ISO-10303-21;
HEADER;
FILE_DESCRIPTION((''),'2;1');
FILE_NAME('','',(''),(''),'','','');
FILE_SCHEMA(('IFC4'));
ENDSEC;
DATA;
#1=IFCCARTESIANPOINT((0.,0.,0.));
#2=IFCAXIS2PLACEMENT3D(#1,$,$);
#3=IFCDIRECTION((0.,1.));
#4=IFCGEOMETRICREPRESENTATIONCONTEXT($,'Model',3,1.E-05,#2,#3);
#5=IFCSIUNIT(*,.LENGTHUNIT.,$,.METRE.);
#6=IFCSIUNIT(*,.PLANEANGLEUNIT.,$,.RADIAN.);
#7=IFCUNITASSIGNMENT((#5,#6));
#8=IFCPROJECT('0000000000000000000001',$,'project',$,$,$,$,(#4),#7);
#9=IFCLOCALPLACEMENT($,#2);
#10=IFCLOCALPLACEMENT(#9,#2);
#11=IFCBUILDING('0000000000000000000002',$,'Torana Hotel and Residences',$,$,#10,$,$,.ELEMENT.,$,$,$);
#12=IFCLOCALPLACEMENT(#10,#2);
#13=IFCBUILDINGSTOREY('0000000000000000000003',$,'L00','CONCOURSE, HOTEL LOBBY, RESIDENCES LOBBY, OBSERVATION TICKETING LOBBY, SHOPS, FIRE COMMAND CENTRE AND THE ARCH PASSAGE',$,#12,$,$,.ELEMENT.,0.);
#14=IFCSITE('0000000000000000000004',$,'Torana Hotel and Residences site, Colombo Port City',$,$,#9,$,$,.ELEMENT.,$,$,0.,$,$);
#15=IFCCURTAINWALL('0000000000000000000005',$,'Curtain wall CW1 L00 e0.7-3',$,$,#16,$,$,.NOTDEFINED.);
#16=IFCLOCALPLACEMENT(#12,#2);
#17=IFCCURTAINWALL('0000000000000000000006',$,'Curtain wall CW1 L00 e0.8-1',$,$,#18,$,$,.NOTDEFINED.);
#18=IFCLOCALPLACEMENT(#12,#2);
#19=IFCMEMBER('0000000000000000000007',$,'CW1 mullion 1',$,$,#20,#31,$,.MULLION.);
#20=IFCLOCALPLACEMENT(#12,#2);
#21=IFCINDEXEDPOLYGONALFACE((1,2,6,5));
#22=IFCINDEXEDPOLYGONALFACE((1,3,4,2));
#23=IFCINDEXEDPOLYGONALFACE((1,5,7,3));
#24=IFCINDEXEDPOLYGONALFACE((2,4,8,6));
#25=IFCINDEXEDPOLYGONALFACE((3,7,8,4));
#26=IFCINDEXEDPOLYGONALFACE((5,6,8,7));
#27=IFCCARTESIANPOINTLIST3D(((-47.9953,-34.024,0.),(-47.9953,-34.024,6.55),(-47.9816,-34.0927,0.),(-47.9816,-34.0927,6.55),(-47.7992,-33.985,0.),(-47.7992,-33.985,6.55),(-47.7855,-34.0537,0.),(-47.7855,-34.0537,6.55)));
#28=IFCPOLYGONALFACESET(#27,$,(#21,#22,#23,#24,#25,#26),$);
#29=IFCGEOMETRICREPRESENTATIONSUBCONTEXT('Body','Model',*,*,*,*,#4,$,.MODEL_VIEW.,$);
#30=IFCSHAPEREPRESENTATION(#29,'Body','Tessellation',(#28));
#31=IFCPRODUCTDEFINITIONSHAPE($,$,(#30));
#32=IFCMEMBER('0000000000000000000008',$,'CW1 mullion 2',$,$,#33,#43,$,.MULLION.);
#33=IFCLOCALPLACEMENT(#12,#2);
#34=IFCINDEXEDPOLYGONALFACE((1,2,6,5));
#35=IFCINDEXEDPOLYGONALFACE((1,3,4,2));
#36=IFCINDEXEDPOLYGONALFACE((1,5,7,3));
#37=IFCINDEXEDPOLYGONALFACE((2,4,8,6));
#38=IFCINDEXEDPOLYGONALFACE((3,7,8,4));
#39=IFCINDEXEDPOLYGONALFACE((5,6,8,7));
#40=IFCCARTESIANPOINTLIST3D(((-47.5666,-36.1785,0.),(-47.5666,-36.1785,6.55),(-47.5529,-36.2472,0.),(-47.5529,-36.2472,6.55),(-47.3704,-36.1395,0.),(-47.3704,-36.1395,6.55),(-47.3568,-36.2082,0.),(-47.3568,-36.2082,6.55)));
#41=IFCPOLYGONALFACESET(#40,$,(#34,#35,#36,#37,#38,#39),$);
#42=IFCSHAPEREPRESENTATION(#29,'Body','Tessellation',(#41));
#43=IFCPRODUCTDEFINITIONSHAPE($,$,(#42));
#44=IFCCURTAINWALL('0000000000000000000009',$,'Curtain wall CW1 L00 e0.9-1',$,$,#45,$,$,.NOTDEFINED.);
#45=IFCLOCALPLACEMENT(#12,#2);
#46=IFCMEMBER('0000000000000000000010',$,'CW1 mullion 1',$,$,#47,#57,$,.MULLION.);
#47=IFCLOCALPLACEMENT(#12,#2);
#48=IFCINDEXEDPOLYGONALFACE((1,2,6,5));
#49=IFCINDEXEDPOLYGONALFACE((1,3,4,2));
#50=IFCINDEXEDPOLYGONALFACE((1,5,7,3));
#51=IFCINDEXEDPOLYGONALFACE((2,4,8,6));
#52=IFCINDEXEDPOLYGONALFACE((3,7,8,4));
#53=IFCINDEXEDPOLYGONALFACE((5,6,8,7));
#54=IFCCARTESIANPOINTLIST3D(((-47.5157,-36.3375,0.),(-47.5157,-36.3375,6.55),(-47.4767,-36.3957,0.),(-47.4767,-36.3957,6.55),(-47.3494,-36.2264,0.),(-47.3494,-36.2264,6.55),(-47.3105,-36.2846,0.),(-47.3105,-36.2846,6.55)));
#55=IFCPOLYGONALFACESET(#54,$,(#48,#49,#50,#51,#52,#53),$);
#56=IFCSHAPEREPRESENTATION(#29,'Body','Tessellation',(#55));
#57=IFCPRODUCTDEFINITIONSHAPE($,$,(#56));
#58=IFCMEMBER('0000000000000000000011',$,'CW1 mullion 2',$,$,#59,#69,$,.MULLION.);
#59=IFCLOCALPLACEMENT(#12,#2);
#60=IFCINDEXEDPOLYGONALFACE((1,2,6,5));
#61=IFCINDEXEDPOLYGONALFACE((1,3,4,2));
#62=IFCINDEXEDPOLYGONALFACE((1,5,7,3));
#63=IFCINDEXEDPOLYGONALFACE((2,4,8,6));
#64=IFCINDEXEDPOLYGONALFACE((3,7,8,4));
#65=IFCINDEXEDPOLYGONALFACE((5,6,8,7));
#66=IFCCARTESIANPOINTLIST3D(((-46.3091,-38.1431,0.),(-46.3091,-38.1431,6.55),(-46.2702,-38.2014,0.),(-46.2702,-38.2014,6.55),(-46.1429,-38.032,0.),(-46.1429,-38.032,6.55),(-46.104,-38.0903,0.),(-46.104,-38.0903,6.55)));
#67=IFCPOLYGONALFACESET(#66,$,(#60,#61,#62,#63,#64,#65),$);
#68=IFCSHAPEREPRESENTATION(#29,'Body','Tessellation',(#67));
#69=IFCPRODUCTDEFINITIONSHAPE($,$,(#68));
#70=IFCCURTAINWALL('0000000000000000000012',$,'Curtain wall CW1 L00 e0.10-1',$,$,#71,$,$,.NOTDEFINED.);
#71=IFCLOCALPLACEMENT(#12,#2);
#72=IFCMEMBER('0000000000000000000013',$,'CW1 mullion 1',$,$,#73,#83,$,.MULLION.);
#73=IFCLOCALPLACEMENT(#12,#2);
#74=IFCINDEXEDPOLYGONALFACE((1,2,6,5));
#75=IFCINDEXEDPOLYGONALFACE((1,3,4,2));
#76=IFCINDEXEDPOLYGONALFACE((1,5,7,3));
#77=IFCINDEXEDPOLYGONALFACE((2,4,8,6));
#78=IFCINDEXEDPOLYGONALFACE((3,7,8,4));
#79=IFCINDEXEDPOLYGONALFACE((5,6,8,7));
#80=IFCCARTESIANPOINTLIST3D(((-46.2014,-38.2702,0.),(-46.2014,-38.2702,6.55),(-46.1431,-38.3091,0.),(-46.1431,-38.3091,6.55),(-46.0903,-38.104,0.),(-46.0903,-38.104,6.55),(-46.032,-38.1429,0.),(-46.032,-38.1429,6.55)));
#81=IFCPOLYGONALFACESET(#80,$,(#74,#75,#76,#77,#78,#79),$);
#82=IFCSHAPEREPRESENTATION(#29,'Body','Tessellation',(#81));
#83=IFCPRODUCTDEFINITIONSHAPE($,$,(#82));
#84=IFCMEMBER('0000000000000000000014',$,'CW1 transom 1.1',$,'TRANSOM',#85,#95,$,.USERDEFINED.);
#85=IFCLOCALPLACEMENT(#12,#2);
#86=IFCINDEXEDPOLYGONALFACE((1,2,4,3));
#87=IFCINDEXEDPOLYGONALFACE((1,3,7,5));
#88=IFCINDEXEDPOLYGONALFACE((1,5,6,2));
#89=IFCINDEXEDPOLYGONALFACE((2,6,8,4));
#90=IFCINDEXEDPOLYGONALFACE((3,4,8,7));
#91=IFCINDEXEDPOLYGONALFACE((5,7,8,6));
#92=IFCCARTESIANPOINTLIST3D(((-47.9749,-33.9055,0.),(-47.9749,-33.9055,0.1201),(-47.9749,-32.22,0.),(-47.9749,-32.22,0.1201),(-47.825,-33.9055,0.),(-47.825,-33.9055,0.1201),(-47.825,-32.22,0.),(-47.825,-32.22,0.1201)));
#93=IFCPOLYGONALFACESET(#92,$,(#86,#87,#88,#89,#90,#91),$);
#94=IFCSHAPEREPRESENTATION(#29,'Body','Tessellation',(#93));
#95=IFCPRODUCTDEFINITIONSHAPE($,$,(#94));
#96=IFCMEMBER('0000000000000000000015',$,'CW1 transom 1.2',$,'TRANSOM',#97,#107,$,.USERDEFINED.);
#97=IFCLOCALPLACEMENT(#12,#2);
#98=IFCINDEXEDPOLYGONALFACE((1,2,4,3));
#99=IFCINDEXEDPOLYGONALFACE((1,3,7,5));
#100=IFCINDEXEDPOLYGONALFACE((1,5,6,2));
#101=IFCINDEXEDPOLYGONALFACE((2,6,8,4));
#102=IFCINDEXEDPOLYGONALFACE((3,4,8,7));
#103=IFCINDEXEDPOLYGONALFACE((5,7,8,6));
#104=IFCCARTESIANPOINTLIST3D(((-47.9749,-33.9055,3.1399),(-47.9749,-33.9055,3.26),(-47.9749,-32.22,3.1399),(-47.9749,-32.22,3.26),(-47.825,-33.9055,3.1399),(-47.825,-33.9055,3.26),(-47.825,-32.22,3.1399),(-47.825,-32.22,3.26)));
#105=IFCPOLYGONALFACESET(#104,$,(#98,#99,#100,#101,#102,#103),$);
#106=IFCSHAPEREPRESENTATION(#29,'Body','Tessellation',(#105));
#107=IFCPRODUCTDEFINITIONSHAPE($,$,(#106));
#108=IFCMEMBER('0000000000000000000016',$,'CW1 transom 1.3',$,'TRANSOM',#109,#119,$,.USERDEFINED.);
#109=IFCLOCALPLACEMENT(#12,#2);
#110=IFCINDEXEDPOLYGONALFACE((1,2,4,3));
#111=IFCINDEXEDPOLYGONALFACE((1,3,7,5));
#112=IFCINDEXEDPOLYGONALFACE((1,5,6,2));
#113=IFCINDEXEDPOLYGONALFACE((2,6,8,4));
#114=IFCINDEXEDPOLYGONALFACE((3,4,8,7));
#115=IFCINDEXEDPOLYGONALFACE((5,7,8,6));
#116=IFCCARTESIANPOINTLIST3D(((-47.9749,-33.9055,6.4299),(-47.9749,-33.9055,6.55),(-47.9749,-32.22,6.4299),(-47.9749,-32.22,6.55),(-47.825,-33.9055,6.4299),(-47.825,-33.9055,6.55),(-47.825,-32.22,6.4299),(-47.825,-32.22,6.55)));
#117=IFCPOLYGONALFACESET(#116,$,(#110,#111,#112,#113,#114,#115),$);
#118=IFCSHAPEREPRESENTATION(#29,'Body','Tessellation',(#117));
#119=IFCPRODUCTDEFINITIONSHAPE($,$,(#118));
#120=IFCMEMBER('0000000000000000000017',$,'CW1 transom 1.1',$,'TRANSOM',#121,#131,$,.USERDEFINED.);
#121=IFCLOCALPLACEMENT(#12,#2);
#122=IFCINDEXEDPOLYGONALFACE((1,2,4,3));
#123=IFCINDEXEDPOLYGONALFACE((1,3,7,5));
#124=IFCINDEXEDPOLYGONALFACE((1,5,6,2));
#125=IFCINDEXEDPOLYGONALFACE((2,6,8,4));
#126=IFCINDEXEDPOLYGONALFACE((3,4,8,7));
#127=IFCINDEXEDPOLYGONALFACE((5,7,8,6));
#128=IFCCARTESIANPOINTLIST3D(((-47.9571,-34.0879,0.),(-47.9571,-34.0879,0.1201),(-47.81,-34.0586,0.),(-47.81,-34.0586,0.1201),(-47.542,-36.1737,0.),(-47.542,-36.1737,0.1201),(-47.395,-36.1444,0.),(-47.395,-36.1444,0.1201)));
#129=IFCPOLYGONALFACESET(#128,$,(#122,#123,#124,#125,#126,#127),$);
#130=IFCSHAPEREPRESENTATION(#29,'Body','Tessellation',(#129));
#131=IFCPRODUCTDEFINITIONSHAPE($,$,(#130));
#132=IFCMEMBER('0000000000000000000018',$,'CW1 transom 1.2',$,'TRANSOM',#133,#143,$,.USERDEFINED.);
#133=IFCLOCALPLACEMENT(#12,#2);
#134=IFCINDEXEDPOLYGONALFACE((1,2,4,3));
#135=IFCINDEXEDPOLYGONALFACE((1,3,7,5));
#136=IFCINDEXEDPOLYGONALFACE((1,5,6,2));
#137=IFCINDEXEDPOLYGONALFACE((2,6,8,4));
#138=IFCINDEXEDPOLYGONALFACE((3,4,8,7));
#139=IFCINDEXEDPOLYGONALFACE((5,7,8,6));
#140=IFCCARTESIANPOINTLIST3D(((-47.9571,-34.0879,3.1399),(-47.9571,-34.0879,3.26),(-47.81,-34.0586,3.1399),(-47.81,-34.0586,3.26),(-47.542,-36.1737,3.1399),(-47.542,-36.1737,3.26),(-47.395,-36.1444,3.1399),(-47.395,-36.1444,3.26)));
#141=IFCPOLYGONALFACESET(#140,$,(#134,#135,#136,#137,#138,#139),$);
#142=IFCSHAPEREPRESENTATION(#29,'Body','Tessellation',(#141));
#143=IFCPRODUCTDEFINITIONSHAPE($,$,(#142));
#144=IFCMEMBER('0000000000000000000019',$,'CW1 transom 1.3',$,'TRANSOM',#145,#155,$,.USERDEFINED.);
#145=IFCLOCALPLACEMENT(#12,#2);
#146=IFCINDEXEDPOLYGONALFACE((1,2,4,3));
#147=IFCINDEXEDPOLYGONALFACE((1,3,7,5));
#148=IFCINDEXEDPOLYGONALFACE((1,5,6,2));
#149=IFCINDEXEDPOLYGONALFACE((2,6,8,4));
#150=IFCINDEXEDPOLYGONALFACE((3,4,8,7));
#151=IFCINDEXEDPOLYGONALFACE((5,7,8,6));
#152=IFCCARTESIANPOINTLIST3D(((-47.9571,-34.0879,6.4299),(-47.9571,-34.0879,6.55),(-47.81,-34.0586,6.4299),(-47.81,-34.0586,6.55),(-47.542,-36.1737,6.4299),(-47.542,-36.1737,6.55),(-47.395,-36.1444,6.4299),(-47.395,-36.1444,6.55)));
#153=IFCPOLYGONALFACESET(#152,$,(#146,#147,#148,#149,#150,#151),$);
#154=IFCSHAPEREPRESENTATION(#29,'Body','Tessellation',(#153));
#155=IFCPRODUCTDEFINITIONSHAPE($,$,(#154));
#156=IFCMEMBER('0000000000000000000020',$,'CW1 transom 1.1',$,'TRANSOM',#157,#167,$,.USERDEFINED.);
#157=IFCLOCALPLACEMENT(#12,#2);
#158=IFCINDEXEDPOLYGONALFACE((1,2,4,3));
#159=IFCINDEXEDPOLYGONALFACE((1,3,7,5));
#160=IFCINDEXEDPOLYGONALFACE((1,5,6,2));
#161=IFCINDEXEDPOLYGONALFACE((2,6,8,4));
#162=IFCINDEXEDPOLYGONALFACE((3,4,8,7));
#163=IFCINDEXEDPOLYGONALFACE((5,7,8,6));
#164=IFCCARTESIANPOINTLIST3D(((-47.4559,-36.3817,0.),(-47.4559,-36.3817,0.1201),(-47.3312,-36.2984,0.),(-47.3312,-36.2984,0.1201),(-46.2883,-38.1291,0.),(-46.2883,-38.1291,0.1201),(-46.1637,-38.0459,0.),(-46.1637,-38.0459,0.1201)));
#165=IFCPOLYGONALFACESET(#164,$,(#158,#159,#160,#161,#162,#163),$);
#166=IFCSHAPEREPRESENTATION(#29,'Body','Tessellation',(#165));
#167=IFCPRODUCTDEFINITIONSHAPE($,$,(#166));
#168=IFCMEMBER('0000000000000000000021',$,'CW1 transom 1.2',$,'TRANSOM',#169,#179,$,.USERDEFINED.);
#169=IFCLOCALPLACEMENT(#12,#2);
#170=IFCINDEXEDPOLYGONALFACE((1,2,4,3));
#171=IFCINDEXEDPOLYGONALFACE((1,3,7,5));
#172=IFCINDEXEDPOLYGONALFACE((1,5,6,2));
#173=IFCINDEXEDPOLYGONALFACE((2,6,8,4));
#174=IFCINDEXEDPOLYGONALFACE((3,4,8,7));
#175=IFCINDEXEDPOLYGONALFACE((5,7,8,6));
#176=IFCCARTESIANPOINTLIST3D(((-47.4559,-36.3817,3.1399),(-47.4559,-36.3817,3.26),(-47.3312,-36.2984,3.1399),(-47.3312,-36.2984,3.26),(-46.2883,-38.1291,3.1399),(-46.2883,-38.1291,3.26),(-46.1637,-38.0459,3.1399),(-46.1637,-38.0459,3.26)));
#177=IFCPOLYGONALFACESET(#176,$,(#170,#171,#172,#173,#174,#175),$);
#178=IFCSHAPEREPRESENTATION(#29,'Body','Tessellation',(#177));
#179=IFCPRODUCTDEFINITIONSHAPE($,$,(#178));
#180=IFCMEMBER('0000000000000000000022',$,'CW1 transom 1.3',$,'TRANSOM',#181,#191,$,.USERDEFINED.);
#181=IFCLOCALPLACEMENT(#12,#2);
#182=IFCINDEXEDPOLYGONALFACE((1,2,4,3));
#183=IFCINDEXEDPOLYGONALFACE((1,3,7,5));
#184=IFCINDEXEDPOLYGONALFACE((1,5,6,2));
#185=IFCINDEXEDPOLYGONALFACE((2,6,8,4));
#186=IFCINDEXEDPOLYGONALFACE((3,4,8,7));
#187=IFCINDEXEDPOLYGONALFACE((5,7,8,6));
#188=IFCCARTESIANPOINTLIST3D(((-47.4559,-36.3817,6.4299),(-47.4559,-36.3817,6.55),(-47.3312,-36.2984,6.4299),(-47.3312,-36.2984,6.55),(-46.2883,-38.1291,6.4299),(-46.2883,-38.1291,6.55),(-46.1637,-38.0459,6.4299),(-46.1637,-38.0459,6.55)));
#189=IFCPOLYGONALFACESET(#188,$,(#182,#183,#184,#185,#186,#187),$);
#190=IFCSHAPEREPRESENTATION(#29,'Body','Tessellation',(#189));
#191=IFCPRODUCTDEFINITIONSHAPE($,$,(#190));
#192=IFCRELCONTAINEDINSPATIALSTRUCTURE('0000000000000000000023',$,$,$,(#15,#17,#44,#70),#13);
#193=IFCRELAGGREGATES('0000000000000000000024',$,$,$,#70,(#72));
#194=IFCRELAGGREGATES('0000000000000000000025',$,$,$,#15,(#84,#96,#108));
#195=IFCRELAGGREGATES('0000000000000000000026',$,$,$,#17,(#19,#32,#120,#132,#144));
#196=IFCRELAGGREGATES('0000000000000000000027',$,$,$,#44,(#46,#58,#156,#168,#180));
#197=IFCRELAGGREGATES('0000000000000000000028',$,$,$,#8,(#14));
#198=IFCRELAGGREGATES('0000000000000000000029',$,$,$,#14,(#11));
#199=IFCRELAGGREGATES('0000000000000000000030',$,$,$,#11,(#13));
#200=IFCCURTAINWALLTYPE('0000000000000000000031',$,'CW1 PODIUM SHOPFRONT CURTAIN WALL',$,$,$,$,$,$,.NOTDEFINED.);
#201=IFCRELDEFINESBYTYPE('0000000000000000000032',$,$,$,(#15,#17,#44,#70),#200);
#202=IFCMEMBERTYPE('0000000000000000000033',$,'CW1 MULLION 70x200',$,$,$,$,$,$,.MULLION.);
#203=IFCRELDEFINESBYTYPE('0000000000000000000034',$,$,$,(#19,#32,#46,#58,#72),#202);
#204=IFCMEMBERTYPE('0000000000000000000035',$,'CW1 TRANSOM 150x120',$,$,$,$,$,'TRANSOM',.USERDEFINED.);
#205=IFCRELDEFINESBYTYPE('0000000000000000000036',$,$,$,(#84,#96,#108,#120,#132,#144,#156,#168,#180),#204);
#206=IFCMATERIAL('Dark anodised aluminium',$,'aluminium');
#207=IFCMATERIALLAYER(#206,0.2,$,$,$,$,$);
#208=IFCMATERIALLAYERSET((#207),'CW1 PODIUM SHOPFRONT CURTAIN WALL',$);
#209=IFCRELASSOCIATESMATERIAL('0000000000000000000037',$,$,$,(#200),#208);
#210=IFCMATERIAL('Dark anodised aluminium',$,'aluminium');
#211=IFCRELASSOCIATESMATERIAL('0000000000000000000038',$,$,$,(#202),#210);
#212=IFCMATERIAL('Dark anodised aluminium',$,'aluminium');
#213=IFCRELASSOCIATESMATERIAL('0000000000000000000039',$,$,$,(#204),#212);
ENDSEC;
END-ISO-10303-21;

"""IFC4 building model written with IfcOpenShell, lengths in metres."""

from ifc_helpers import new_model, si_unit, direction, frame, origin, origin_2d, place, context, subcontext, project, spatial, rectangle, extrude, material, layer, layer_set, material_profile, profile_set, type_object, element, aggregate, save


model = new_model("IFC4")

# Units and contexts
model_context = context("Model", 3, precision=1e-05, world=origin(), true_north=direction((0.0, 1.0)))
body_context = subcontext(model_context, "Body", "Model", "MODEL_VIEW")
ifc_project = project(units=[si_unit("LENGTHUNIT", "METRE"), si_unit("PLANEANGLEUNIT", "RADIAN")], contexts=[model_context])

# Site, building, storey
site_placement = place(None, origin())
site = spatial("IfcSite", under=ifc_project, at=site_placement, Name="Torana Hotel and Residences site, Colombo Port City", CompositionType="ELEMENT", RefElevation=0.0)
building_placement = place(site_placement, origin())
building = spatial("IfcBuilding", under=site, at=building_placement, Name="Torana Hotel and Residences", CompositionType="ELEMENT")
storey_placement = place(building_placement, origin())
storey = spatial("IfcBuildingStorey", under=building, at=storey_placement, Name="L00", Description="CONCOURSE, HOTEL LOBBY, RESIDENCES LOBBY, OBSERVATION TICKETING LOBBY, SHOPS, FIRE COMMAND CENTRE AND THE ARCH PASSAGE", CompositionType="ELEMENT", Elevation=0.0)

# Curtain walls, members
ifc_material_1 = material(Name="Dark anodised aluminium", Category="aluminium")
ifc_layer_1 = layer(ifc_material_1, 0.2)
ifc_layer_set_1 = layer_set([ifc_layer_1], Name="CW1 PODIUM SHOPFRONT CURTAIN WALL")
curtain_wall_type = type_object("IfcCurtainWallType", Name="CW1 PODIUM SHOPFRONT CURTAIN WALL", PredefinedType="NOTDEFINED", material=ifc_layer_set_1)
curtain_wall_1_placement = place(storey_placement, origin())
curtain_wall_1 = element("IfcCurtainWall", 1, at=curtain_wall_1_placement, inside=storey, type_object=curtain_wall_type, Name="Curtain wall CW1 L00 e0.7-3", PredefinedType="NOTDEFINED")
ifc_material_2 = material(Name="Dark anodised aluminium", Category="aluminium")
ifc_material_profile_1 = material_profile(ifc_material_2, rectangle(XDim=0.2, YDim=0.0701, at=origin_2d()), Name="CW1 MULLION 70x200")
ifc_profile_set_1 = profile_set([ifc_material_profile_1], Name="Dark anodised aluminium")
member_type_1 = type_object("IfcMemberType", Name="CW1 MULLION 70x200", PredefinedType="MULLION", material=ifc_profile_set_1)
curtain_wall_2_placement = place(storey_placement, origin())
curtain_wall_2 = element("IfcCurtainWall", 2, at=curtain_wall_2_placement, inside=storey, type_object=curtain_wall_type, Name="Curtain wall CW1 L00 e0.8-1", PredefinedType="NOTDEFINED")
member_1_placement = place(storey_placement, frame((-47.8904, -34.0388, 0.0), z_axis=(0.0, 0.0, 1.0), x_axis=(0.980787, 0.195081, 0.0)))
member_1 = element("IfcMember", 3, at=member_1_placement, type_object=member_type_1, Name="CW1 mullion 1", PredefinedType="MULLION", context=body_context, shape_type="SweptSolid", body=[
    extrude(rectangle(XDim=0.2, YDim=0.0701, at=origin_2d()), origin(), (0.0, 0.0, 1.0), 6.55),
])
member_2_placement = place(storey_placement, frame((-47.4617, -36.1934, 0.0), z_axis=(0.0, 0.0, 1.0), x_axis=(0.980787, 0.195081, 0.0)))
member_2 = element("IfcMember", 4, at=member_2_placement, type_object=member_type_1, Name="CW1 mullion 2", PredefinedType="MULLION", context=body_context, shape_type="SweptSolid", body=[
    extrude(rectangle(XDim=0.2, YDim=0.0701, at=origin_2d()), origin(), (0.0, 0.0, 1.0), 6.55),
])
curtain_wall_3_placement = place(storey_placement, origin())
curtain_wall_3 = element("IfcCurtainWall", 5, at=curtain_wall_3_placement, inside=storey, type_object=curtain_wall_type, Name="Curtain wall CW1 L00 e0.9-1", PredefinedType="NOTDEFINED")
member_3_placement = place(storey_placement, frame((-47.4131, -36.311, 0.0), z_axis=(0.0, 0.0, 1.0), x_axis=(0.83146, 0.555585, 0.0)))
member_3 = element("IfcMember", 6, at=member_3_placement, type_object=member_type_1, Name="CW1 mullion 1", PredefinedType="MULLION", context=body_context, shape_type="SweptSolid", body=[
    extrude(rectangle(XDim=0.2, YDim=0.0701, at=origin_2d()), origin(), (0.0, 0.0, 1.0), 6.55),
])
member_4_placement = place(storey_placement, frame((-46.2065, -38.1167, 0.0), z_axis=(0.0, 0.0, 1.0), x_axis=(0.83146, 0.555585, 0.0)))
member_4 = element("IfcMember", 7, at=member_4_placement, type_object=member_type_1, Name="CW1 mullion 2", PredefinedType="MULLION", context=body_context, shape_type="SweptSolid", body=[
    extrude(rectangle(XDim=0.2, YDim=0.0701, at=origin_2d()), origin(), (0.0, 0.0, 1.0), 6.55),
])

# Curtain wall, member
curtain_wall_4_placement = place(storey_placement, origin())
curtain_wall_4 = element("IfcCurtainWall", 8, at=curtain_wall_4_placement, inside=storey, type_object=curtain_wall_type, Name="Curtain wall CW1 L00 e0.10-1", PredefinedType="NOTDEFINED")
member_5_placement = place(storey_placement, frame((-46.1167, -38.2065, 0.0), z_axis=(0.0, 0.0, 1.0), x_axis=(0.555585, 0.83146, 0.0)))
member_5 = element("IfcMember", 9, at=member_5_placement, type_object=member_type_1, Name="CW1 mullion 1", PredefinedType="MULLION", context=body_context, shape_type="SweptSolid", body=[
    extrude(rectangle(XDim=0.2, YDim=0.0701, at=origin_2d()), origin(), (0.0, 0.0, 1.0), 6.55),
])

# Members
ifc_material_3 = material(Name="Dark anodised aluminium", Category="aluminium")
ifc_material_profile_2 = material_profile(ifc_material_3, rectangle(XDim=0.1499, YDim=0.1201, at=origin_2d()), Name="CW1 TRANSOM 150x120")
ifc_profile_set_2 = profile_set([ifc_material_profile_2], Name="Dark anodised aluminium")
member_type_2 = type_object("IfcMemberType", Name="CW1 TRANSOM 150x120", ElementType="TRANSOM", PredefinedType="USERDEFINED", material=ifc_profile_set_2)
member_6_placement = place(storey_placement, frame((-47.8999, -32.22, 0.0601), z_axis=(0.0, -1.0, 0.0), x_axis=(1.0, 0.0, 0.0)))
member_6 = element("IfcMember", 10, at=member_6_placement, type_object=member_type_2, Name="CW1 transom 1.1", ObjectType="TRANSOM", PredefinedType="USERDEFINED", context=body_context, shape_type="SweptSolid", body=[
    extrude(rectangle(XDim=0.1499, YDim=0.1201, at=origin_2d()), origin(), (0.0, 0.0, 1.0), 1.6855),
])
member_7_placement = place(storey_placement, frame((-47.8999, -32.22, 3.2), z_axis=(0.0, -1.0, 0.0), x_axis=(1.0, 0.0, 0.0)))
member_7 = element("IfcMember", 11, at=member_7_placement, type_object=member_type_2, Name="CW1 transom 1.2", ObjectType="TRANSOM", PredefinedType="USERDEFINED", context=body_context, shape_type="SweptSolid", body=[
    extrude(rectangle(XDim=0.1499, YDim=0.1201, at=origin_2d()), origin(), (0.0, 0.0, 1.0), 1.6855),
])
member_8_placement = place(storey_placement, frame((-47.8999, -32.22, 6.49), z_axis=(0.0, -1.0, 0.0), x_axis=(1.0, 0.0, 0.0)))
member_8 = element("IfcMember", 12, at=member_8_placement, type_object=member_type_2, Name="CW1 transom 1.3", ObjectType="TRANSOM", PredefinedType="USERDEFINED", context=body_context, shape_type="SweptSolid", body=[
    extrude(rectangle(XDim=0.1499, YDim=0.1201, at=origin_2d()), origin(), (0.0, 0.0, 1.0), 1.6855),
])
member_9_placement = place(storey_placement, frame((-47.8835, -34.0732, 0.0601), z_axis=(0.195145, -0.980774, 0.0), x_axis=(0.980774, 0.195145, 0.0)))
member_9 = element("IfcMember", 13, at=member_9_placement, type_object=member_type_2, Name="CW1 transom 1.1", ObjectType="TRANSOM", PredefinedType="USERDEFINED", context=body_context, shape_type="SweptSolid", body=[
    extrude(rectangle(XDim=0.1499, YDim=0.1201, at=origin_2d()), origin(), (0.0, 0.0, 1.0), 2.1267),
])
member_10_placement = place(storey_placement, frame((-47.8835, -34.0732, 3.2), z_axis=(0.195145, -0.980774, 0.0), x_axis=(0.980774, 0.195145, 0.0)))
member_10 = element("IfcMember", 14, at=member_10_placement, type_object=member_type_2, Name="CW1 transom 1.2", ObjectType="TRANSOM", PredefinedType="USERDEFINED", context=body_context, shape_type="SweptSolid", body=[
    extrude(rectangle(XDim=0.1499, YDim=0.1201, at=origin_2d()), origin(), (0.0, 0.0, 1.0), 2.1267),
])
member_11_placement = place(storey_placement, frame((-47.8835, -34.0732, 6.49), z_axis=(0.195145, -0.980774, 0.0), x_axis=(0.980774, 0.195145, 0.0)))
member_11 = element("IfcMember", 15, at=member_11_placement, type_object=member_type_2, Name="CW1 transom 1.3", ObjectType="TRANSOM", PredefinedType="USERDEFINED", context=body_context, shape_type="SweptSolid", body=[
    extrude(rectangle(XDim=0.1499, YDim=0.1201, at=origin_2d()), origin(), (0.0, 0.0, 1.0), 2.1267),
])
member_12_placement = place(storey_placement, frame((-47.3936, -36.3401, 0.0601), z_axis=(0.555558, -0.831478, 0.0), x_axis=(0.831478, 0.555558, 0.0)))
member_12 = element("IfcMember", 16, at=member_12_placement, type_object=member_type_2, Name="CW1 transom 1.1", ObjectType="TRANSOM", PredefinedType="USERDEFINED", context=body_context, shape_type="SweptSolid", body=[
    extrude(rectangle(XDim=0.1499, YDim=0.1201, at=origin_2d()), origin(), (0.0, 0.0, 1.0), 2.1016),
])
member_13_placement = place(storey_placement, frame((-47.3936, -36.3401, 3.2), z_axis=(0.555558, -0.831478, 0.0), x_axis=(0.831478, 0.555558, 0.0)))
member_13 = element("IfcMember", 17, at=member_13_placement, type_object=member_type_2, Name="CW1 transom 1.2", ObjectType="TRANSOM", PredefinedType="USERDEFINED", context=body_context, shape_type="SweptSolid", body=[
    extrude(rectangle(XDim=0.1499, YDim=0.1201, at=origin_2d()), origin(), (0.0, 0.0, 1.0), 2.1016),
])
member_14_placement = place(storey_placement, frame((-47.3936, -36.3401, 6.49), z_axis=(0.555558, -0.831478, 0.0), x_axis=(0.831478, 0.555558, 0.0)))
member_14 = element("IfcMember", 18, at=member_14_placement, type_object=member_type_2, Name="CW1 transom 1.3", ObjectType="TRANSOM", PredefinedType="USERDEFINED", context=body_context, shape_type="SweptSolid", body=[
    extrude(rectangle(XDim=0.1499, YDim=0.1201, at=origin_2d()), origin(), (0.0, 0.0, 1.0), 2.1016),
])
aggregate(curtain_wall_4, [member_5])

aggregate(curtain_wall_1, [member_6, member_7, member_8])
aggregate(curtain_wall_2, [member_1, member_2, member_9, member_10, member_11])
aggregate(curtain_wall_3, [member_3, member_4, member_12, member_13, member_14])

save(model, "model.ifc")
